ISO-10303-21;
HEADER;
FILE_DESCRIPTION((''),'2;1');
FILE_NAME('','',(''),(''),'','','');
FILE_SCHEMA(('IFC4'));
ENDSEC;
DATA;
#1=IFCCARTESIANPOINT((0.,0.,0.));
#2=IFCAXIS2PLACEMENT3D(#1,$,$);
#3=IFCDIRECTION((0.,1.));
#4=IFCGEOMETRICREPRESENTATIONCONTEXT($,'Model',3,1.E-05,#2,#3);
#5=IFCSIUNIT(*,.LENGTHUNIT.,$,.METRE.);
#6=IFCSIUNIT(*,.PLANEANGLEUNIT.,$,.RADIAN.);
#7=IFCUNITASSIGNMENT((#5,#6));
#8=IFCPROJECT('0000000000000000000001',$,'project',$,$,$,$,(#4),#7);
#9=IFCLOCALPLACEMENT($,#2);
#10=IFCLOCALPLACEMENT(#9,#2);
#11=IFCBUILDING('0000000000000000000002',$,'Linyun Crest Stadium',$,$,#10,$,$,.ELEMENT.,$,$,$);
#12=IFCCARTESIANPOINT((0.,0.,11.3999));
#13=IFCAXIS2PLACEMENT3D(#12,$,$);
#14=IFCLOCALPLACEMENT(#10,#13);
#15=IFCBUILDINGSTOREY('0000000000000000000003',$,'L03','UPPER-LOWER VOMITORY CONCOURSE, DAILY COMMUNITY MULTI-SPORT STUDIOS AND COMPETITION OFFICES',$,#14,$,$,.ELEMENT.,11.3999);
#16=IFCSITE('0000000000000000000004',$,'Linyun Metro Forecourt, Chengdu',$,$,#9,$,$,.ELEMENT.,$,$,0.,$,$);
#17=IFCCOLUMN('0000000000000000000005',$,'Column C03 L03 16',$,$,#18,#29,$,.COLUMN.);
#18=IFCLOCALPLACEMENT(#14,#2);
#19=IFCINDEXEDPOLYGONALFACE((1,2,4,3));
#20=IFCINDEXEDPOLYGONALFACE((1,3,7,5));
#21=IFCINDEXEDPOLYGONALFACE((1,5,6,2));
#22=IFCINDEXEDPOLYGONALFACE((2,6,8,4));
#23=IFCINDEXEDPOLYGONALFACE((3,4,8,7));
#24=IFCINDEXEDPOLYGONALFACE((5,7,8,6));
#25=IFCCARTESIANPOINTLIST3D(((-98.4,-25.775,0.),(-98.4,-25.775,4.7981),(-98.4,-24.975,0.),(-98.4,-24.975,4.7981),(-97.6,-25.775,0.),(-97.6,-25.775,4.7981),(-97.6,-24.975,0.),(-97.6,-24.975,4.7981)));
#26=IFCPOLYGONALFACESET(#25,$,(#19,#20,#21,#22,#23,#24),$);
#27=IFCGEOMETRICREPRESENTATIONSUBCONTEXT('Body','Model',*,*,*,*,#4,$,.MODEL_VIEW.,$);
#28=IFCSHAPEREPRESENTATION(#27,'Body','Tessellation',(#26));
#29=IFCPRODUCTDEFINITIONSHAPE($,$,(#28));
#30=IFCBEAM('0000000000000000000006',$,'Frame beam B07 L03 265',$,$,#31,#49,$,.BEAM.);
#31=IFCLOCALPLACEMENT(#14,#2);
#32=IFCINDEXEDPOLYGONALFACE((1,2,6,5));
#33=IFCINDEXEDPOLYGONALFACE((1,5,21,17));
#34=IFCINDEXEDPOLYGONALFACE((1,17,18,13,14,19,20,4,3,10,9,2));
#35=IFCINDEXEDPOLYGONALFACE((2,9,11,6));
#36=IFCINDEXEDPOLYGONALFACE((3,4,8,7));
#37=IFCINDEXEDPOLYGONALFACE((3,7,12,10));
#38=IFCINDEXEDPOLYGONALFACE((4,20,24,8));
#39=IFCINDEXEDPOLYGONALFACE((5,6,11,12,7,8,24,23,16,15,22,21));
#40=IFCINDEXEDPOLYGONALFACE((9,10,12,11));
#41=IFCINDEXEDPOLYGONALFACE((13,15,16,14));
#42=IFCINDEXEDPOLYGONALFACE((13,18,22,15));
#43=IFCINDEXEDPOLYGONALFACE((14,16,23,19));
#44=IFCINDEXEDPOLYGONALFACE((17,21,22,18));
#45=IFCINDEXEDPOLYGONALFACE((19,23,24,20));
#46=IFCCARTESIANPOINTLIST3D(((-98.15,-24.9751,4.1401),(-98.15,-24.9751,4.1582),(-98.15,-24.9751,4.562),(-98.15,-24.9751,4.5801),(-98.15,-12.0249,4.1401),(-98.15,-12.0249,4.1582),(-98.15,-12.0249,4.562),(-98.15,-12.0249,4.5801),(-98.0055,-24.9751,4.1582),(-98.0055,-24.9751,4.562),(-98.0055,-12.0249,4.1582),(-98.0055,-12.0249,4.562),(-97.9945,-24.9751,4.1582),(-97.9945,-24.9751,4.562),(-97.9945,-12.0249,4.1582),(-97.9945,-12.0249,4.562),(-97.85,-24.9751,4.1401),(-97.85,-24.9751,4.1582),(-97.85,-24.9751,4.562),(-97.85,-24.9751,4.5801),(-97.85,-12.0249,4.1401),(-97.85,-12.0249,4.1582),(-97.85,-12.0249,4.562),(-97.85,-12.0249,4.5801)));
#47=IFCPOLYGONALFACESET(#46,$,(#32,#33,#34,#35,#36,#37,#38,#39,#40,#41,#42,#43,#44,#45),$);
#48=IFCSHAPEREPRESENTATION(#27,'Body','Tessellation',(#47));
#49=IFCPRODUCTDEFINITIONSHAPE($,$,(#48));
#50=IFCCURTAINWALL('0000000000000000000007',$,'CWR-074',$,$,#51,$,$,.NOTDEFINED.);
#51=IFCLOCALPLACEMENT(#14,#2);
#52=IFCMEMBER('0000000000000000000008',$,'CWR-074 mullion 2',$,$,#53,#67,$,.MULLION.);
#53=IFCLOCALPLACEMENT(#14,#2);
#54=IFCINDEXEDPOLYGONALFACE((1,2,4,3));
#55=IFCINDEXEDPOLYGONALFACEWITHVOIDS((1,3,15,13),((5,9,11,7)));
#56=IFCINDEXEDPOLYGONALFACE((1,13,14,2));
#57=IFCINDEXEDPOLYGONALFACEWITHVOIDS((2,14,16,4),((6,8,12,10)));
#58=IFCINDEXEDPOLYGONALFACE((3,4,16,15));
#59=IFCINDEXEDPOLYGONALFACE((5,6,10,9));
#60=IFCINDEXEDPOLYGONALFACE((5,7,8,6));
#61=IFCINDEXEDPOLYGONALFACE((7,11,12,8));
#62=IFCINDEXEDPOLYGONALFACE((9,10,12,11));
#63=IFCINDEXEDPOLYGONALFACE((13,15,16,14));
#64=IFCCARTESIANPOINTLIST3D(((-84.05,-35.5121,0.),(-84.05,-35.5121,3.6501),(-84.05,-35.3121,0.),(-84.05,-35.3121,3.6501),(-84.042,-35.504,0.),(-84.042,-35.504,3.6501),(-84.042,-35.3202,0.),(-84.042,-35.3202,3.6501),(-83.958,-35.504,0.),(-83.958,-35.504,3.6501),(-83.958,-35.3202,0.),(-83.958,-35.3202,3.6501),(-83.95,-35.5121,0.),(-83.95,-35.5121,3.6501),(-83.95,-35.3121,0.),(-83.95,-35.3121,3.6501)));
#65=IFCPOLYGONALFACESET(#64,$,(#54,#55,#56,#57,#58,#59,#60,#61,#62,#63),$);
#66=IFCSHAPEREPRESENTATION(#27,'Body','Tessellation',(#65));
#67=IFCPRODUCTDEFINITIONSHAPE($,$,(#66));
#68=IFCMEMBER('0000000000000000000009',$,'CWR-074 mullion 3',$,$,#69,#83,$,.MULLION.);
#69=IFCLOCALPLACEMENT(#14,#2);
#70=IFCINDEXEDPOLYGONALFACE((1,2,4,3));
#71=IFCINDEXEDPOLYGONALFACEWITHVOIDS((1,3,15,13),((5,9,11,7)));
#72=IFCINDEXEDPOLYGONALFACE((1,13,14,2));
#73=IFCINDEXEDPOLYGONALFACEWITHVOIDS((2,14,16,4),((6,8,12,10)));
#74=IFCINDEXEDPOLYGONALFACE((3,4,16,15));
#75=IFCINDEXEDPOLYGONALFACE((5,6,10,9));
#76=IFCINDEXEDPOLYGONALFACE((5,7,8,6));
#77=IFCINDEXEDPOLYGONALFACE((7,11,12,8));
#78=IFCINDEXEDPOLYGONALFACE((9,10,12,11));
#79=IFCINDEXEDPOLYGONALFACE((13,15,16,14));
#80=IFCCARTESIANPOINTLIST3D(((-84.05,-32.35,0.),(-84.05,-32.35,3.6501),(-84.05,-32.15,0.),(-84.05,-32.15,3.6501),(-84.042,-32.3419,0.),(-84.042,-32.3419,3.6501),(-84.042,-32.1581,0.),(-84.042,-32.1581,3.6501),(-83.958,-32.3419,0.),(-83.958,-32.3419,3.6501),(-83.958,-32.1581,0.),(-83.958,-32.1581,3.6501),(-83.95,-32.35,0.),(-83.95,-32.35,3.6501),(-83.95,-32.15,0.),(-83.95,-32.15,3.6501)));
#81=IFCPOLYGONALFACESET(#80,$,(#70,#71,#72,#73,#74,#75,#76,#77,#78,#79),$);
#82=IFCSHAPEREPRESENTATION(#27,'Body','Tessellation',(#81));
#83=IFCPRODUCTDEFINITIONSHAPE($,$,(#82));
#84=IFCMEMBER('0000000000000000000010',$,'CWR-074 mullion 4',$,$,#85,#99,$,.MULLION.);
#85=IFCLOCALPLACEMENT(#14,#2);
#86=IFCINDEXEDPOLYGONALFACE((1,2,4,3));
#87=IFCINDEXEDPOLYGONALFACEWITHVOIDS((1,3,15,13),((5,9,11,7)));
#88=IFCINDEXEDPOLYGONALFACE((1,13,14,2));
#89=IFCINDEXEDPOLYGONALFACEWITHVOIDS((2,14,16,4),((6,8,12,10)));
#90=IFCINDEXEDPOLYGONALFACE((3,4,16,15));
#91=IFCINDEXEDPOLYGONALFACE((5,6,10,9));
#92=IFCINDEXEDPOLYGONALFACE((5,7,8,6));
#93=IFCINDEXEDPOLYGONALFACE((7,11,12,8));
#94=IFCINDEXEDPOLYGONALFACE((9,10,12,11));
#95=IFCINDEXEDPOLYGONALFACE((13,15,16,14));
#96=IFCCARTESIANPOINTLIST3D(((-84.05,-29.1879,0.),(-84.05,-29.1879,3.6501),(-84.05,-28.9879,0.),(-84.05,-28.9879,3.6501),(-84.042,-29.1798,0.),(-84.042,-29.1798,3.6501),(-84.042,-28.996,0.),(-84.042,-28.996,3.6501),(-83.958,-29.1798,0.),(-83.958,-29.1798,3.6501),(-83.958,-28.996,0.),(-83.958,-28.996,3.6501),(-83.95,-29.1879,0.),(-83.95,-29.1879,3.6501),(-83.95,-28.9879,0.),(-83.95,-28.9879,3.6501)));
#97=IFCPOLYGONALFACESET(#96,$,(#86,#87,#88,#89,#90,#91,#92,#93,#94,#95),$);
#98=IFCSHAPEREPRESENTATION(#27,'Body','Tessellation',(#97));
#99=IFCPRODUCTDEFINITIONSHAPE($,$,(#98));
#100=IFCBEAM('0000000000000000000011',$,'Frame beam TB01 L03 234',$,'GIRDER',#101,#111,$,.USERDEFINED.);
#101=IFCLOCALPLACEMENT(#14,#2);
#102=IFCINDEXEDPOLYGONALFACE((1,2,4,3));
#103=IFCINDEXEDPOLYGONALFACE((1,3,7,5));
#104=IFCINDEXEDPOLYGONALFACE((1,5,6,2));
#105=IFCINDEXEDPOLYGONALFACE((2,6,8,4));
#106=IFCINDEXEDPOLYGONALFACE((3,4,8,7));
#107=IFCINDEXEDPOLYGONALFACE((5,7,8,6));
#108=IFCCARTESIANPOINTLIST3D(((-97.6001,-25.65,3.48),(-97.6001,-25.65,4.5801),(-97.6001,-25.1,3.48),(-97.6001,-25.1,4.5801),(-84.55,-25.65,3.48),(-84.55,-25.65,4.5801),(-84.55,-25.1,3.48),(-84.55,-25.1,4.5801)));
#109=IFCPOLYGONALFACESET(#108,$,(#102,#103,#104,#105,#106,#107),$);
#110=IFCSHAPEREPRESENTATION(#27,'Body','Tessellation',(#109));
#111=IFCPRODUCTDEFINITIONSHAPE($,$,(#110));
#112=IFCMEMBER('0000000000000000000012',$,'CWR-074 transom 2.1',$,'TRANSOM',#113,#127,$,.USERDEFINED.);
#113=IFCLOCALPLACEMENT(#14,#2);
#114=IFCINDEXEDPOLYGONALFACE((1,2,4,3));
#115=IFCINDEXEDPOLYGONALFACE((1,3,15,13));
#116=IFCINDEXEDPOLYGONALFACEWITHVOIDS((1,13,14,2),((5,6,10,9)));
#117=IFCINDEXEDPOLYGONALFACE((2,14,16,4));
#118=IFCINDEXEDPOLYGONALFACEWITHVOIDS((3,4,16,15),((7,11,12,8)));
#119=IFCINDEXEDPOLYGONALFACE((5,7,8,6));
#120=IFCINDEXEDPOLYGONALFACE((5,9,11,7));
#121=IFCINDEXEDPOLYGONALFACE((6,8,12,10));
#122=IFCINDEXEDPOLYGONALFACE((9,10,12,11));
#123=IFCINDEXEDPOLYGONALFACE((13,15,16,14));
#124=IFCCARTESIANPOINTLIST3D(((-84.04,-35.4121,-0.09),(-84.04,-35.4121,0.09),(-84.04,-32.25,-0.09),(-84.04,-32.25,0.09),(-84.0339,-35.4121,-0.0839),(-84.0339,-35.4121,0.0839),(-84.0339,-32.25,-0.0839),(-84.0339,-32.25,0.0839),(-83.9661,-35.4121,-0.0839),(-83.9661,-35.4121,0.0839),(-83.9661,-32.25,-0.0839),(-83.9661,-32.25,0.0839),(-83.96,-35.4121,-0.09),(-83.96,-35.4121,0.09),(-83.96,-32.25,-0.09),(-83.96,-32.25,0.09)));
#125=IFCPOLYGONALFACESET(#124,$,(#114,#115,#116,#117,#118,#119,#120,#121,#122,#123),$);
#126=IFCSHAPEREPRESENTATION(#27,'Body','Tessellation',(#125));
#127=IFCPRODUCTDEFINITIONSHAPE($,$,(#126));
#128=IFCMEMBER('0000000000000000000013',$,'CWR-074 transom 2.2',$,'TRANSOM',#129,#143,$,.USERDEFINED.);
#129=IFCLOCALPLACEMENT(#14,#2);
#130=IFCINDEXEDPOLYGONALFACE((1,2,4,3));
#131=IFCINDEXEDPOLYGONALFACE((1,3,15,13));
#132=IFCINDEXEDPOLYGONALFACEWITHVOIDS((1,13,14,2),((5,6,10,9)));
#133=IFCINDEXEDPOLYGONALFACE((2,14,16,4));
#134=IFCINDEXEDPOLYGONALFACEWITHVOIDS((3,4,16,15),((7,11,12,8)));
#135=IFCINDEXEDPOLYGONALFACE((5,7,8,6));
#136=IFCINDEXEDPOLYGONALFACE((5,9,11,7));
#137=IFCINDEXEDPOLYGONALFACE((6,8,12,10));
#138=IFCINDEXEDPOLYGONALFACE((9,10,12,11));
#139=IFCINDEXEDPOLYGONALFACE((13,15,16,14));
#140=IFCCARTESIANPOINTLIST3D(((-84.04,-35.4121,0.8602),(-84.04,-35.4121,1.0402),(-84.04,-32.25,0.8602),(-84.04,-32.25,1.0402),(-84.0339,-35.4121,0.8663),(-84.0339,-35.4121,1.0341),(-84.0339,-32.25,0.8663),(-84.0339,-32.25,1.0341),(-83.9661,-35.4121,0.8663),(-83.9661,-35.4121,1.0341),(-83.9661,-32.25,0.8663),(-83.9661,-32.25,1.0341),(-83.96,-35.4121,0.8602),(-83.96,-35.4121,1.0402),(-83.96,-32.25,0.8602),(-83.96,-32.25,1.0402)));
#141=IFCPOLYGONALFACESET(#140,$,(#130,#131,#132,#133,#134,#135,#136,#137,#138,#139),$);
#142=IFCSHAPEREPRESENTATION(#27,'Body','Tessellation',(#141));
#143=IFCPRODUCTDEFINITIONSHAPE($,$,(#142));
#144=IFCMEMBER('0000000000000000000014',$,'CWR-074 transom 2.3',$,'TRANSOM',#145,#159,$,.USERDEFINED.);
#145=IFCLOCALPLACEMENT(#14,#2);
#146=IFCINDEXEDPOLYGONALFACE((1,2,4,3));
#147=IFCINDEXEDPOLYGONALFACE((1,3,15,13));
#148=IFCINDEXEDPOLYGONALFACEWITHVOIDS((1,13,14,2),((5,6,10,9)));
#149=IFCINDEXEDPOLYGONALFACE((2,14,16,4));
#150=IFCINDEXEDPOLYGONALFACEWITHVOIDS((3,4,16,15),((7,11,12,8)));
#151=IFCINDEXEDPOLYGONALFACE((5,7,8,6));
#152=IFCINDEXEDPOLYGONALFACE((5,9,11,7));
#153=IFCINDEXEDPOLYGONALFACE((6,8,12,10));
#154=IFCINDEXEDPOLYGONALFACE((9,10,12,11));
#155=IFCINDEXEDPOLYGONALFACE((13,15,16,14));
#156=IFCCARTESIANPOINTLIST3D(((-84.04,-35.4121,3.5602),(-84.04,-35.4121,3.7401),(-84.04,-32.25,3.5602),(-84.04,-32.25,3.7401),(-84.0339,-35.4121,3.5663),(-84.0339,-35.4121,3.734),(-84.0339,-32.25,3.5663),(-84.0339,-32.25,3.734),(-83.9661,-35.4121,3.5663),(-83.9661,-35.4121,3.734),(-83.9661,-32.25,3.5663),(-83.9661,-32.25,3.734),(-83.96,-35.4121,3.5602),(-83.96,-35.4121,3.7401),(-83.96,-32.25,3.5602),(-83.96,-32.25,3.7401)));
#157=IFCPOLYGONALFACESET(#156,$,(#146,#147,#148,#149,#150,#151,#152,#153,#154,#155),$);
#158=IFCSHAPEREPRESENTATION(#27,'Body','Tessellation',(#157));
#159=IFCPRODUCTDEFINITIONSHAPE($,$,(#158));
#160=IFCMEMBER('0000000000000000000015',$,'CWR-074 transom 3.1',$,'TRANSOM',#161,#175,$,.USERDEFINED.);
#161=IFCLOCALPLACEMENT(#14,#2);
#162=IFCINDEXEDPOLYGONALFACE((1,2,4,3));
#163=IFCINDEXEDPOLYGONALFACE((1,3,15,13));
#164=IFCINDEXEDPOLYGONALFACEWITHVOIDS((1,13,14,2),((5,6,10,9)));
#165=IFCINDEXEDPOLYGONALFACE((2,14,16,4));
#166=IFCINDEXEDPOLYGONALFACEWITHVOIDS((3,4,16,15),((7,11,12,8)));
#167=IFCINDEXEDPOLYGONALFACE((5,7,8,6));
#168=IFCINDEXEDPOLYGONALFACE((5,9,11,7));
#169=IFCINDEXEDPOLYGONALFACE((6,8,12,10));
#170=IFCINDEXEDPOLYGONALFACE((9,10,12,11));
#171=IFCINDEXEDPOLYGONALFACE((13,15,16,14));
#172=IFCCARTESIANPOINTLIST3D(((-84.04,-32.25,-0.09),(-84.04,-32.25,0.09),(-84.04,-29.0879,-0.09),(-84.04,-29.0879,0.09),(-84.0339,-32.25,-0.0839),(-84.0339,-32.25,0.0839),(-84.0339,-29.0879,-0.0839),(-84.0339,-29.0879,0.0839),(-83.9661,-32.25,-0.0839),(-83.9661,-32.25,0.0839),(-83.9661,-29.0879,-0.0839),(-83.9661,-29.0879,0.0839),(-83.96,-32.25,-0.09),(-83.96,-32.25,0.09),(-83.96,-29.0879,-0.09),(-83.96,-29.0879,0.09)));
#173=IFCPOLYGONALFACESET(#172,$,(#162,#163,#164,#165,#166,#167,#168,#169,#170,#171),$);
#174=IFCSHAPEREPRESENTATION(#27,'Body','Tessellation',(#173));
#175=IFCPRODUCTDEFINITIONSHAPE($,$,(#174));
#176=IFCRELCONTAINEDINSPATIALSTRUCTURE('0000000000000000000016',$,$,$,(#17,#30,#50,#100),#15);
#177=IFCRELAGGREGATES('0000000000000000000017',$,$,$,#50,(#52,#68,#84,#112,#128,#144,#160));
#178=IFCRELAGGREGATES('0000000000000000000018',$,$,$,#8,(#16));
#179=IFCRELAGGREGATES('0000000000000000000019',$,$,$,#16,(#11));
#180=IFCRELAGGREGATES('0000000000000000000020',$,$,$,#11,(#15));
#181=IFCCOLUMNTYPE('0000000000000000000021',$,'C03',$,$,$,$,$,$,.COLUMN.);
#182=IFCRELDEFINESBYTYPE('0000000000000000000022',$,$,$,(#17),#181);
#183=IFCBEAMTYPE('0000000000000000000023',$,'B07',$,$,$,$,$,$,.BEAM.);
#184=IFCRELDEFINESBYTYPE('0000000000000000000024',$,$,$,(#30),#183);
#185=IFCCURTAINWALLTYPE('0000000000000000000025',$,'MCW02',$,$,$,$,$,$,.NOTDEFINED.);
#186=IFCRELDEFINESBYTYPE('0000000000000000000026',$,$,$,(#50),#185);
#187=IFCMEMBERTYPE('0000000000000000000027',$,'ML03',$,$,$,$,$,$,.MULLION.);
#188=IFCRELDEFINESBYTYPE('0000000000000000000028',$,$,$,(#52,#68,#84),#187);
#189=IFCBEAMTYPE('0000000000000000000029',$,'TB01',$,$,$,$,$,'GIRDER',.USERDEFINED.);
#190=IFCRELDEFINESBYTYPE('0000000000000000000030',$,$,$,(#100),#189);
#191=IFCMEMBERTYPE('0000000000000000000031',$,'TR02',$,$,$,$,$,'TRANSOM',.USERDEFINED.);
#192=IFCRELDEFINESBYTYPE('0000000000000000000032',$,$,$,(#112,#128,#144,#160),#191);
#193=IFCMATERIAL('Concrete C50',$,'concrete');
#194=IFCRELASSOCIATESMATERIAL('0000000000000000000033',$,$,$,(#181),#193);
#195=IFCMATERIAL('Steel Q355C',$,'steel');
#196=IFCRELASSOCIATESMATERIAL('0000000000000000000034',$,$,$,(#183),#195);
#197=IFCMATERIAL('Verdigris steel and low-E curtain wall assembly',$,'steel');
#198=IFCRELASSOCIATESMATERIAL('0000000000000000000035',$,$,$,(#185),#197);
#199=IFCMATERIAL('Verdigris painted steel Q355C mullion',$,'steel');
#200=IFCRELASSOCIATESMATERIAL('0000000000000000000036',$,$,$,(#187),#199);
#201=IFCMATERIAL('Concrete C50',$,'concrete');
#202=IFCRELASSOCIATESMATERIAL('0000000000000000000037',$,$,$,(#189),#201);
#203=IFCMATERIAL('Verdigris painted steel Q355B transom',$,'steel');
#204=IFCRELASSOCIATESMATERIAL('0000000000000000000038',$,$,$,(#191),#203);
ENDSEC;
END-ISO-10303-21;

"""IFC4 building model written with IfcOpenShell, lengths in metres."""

from ifc_helpers import new_model, si_unit, direction, frame, origin, origin_2d, place, context, subcontext, project, spatial, rectangle, hollow_rectangle, i_section, extrude, material, material_profile, profile_set, type_object, element, aggregate, save


model = new_model("IFC4")

# Units and contexts
model_context = context("Model", 3, precision=1e-05, world=origin(), true_north=direction((0.0, 1.0)))
body_context = subcontext(model_context, "Body", "Model", "MODEL_VIEW")
ifc_project = project(units=[si_unit("LENGTHUNIT", "METRE"), si_unit("PLANEANGLEUNIT", "RADIAN")], contexts=[model_context])

# Site, building, storey
site_placement = place(None, origin())
site = spatial("IfcSite", under=ifc_project, at=site_placement, Name="Linyun Metro Forecourt, Chengdu", CompositionType="ELEMENT", RefElevation=0.0)
building_placement = place(site_placement, origin())
building = spatial("IfcBuilding", under=site, at=building_placement, Name="Linyun Crest Stadium", CompositionType="ELEMENT")
storey_placement = place(building_placement, frame((0.0, 0.0, 11.3999)))
storey = spatial("IfcBuildingStorey", under=building, at=storey_placement, Name="L03", Description="UPPER-LOWER VOMITORY CONCOURSE, DAILY COMMUNITY MULTI-SPORT STUDIOS AND COMPETITION OFFICES", CompositionType="ELEMENT", Elevation=11.3999)

# Column
ifc_material_1 = material(Name="Concrete C50", Category="concrete")
ifc_material_profile_1 = material_profile(ifc_material_1, rectangle(XDim=0.8, YDim=0.8, at=origin_2d()), Name="RC 800x800")
ifc_profile_set_1 = profile_set([ifc_material_profile_1], Name="Concrete C50")
column_type = type_object("IfcColumnType", Name="C03", PredefinedType="COLUMN", material=ifc_profile_set_1)
column_placement = place(storey_placement, frame((-98.0, -25.375, 0.0), z_axis=(0.0, 0.0, 1.0), x_axis=(1.0, 0.0, 0.0)))
element("IfcColumn", 1, at=column_placement, inside=storey, type_object=column_type, Name="Column C03 L03 16", PredefinedType="COLUMN", context=body_context, shape_type="SweptSolid", body=[
    extrude(rectangle(XDim=0.8, YDim=0.8, at=origin_2d()), origin(), (0.0, 0.0, 1.0), 4.7981),
])

# Beam
ifc_material_2 = material(Name="Steel Q355C", Category="steel")
ifc_material_profile_2 = material_profile(ifc_material_2, i_section(OverallWidth=0.3, OverallDepth=0.4399, WebThickness=0.011, FlangeThickness=0.0181, at=origin_2d()), Name="HM 440x300")
ifc_profile_set_2 = profile_set([ifc_material_profile_2], Name="Steel Q355C")
beam_type_1 = type_object("IfcBeamType", Name="B07", PredefinedType="BEAM", material=ifc_profile_set_2)
beam_1_placement = place(storey_placement, frame((-98.0, -24.9751, 4.3601), z_axis=(0.0, 1.0, 0.0), x_axis=(-1.0, 0.0, 0.0)))
element("IfcBeam", 2, at=beam_1_placement, inside=storey, type_object=beam_type_1, Name="Frame beam B07 L03 265", PredefinedType="BEAM", context=body_context, shape_type="SweptSolid", body=[
    extrude(i_section(OverallWidth=0.3, OverallDepth=0.4399, WebThickness=0.011, FlangeThickness=0.0181, at=origin_2d()), origin(), (0.0, 0.0, 1.0), 12.9502),
])

# Curtain wall, members
ifc_material_3 = material(Name="Verdigris steel and low-E curtain wall assembly", Category="steel")
curtain_wall_type = type_object("IfcCurtainWallType", Name="MCW02", PredefinedType="NOTDEFINED", material=ifc_material_3)
curtain_wall_placement = place(storey_placement, origin())
curtain_wall = element("IfcCurtainWall", 3, at=curtain_wall_placement, inside=storey, type_object=curtain_wall_type, Name="CWR-074", PredefinedType="NOTDEFINED")
ifc_material_4 = material(Name="Verdigris painted steel Q355C mullion", Category="steel")
ifc_material_profile_3 = material_profile(ifc_material_4, hollow_rectangle(XDim=0.1001, YDim=0.2, WallThickness=0.0081, at=origin_2d()), Name="RHS 200x100x8")
ifc_profile_set_3 = profile_set([ifc_material_profile_3], Name="Verdigris painted steel Q355C mullion")
member_type_1 = type_object("IfcMemberType", Name="ML03", PredefinedType="MULLION", material=ifc_profile_set_3)
member_1_placement = place(storey_placement, frame((-84.0, -35.4121, 0.0), z_axis=(0.0, 0.0, 1.0), x_axis=(-1.0, 0.0, 0.0)))
member_1 = element("IfcMember", 4, at=member_1_placement, type_object=member_type_1, Name="CWR-074 mullion 2", PredefinedType="MULLION", context=body_context, shape_type="SweptSolid", body=[
    extrude(hollow_rectangle(XDim=0.1001, YDim=0.2, WallThickness=0.0081, at=origin_2d()), origin(), (0.0, 0.0, 1.0), 3.6501),
])
member_2_placement = place(storey_placement, frame((-84.0, -32.25, 0.0), z_axis=(0.0, 0.0, 1.0), x_axis=(-1.0, 0.0, 0.0)))
member_2 = element("IfcMember", 5, at=member_2_placement, type_object=member_type_1, Name="CWR-074 mullion 3", PredefinedType="MULLION", context=body_context, shape_type="SweptSolid", body=[
    extrude(hollow_rectangle(XDim=0.1001, YDim=0.2, WallThickness=0.0081, at=origin_2d()), origin(), (0.0, 0.0, 1.0), 3.6501),
])
member_3_placement = place(storey_placement, frame((-84.0, -29.0879, 0.0), z_axis=(0.0, 0.0, 1.0), x_axis=(-1.0, 0.0, 0.0)))
member_3 = element("IfcMember", 6, at=member_3_placement, type_object=member_type_1, Name="CWR-074 mullion 4", PredefinedType="MULLION", context=body_context, shape_type="SweptSolid", body=[
    extrude(hollow_rectangle(XDim=0.1001, YDim=0.2, WallThickness=0.0081, at=origin_2d()), origin(), (0.0, 0.0, 1.0), 3.6501),
])

# Beam
ifc_material_5 = material(Name="Concrete C50", Category="concrete")
ifc_material_profile_4 = material_profile(ifc_material_5, rectangle(XDim=0.55, YDim=1.1001, at=origin_2d()), Name="RCB 1100x550")
ifc_profile_set_4 = profile_set([ifc_material_profile_4], Name="Concrete C50")
beam_type_2 = type_object("IfcBeamType", Name="TB01", ElementType="GIRDER", PredefinedType="USERDEFINED", material=ifc_profile_set_4)
beam_2_placement = place(storey_placement, frame((-97.6001, -25.375, 4.03), z_axis=(1.0, 0.0, 0.0), x_axis=(0.0, 1.0, 0.0)))
element("IfcBeam", 7, at=beam_2_placement, inside=storey, type_object=beam_type_2, Name="Frame beam TB01 L03 234", ObjectType="GIRDER", PredefinedType="USERDEFINED", context=body_context, shape_type="SweptSolid", body=[
    extrude(rectangle(XDim=0.55, YDim=1.1001, at=origin_2d()), origin(), (0.0, 0.0, 1.0), 13.05),
])

# Members
ifc_material_6 = material(Name="Verdigris painted steel Q355B transom", Category="steel")
ifc_material_profile_5 = material_profile(ifc_material_6, hollow_rectangle(XDim=0.0801, YDim=0.1799, WallThickness=0.0061, at=origin_2d()), Name="RHS 180x80x6")
ifc_profile_set_5 = profile_set([ifc_material_profile_5], Name="Verdigris painted steel Q355B transom")
member_type_2 = type_object("IfcMemberType", Name="TR02", ElementType="TRANSOM", PredefinedType="USERDEFINED", material=ifc_profile_set_5)
member_4_placement = place(storey_placement, frame((-84.0, -35.4121, 0.0), z_axis=(0.0, 1.0, 0.0), x_axis=(-1.0, 0.0, 0.0)))
member_4 = element("IfcMember", 8, at=member_4_placement, type_object=member_type_2, Name="CWR-074 transom 2.1", ObjectType="TRANSOM", PredefinedType="USERDEFINED", context=body_context, shape_type="SweptSolid", body=[
    extrude(hollow_rectangle(XDim=0.0801, YDim=0.1799, WallThickness=0.0061, at=origin_2d()), origin(), (0.0, 0.0, 1.0), 3.1621),
])
member_5_placement = place(storey_placement, frame((-84.0, -35.4121, 0.9502), z_axis=(0.0, 1.0, 0.0), x_axis=(-1.0, 0.0, 0.0)))
member_5 = element("IfcMember", 9, at=member_5_placement, type_object=member_type_2, Name="CWR-074 transom 2.2", ObjectType="TRANSOM", PredefinedType="USERDEFINED", context=body_context, shape_type="SweptSolid", body=[
    extrude(hollow_rectangle(XDim=0.0801, YDim=0.1799, WallThickness=0.0061, at=origin_2d()), origin(), (0.0, 0.0, 1.0), 3.1621),
])
member_6_placement = place(storey_placement, frame((-84.0, -35.4121, 3.6501), z_axis=(0.0, 1.0, 0.0), x_axis=(-1.0, 0.0, 0.0)))
member_6 = element("IfcMember", 10, at=member_6_placement, type_object=member_type_2, Name="CWR-074 transom 2.3", ObjectType="TRANSOM", PredefinedType="USERDEFINED", context=body_context, shape_type="SweptSolid", body=[
    extrude(hollow_rectangle(XDim=0.0801, YDim=0.1799, WallThickness=0.0061, at=origin_2d()), origin(), (0.0, 0.0, 1.0), 3.1621),
])
member_7_placement = place(storey_placement, frame((-84.0, -32.25, 0.0), z_axis=(0.0, 1.0, 0.0), x_axis=(-1.0, 0.0, 0.0)))
member_7 = element("IfcMember", 11, at=member_7_placement, type_object=member_type_2, Name="CWR-074 transom 3.1", ObjectType="TRANSOM", PredefinedType="USERDEFINED", context=body_context, shape_type="SweptSolid", body=[
    extrude(hollow_rectangle(XDim=0.0801, YDim=0.1799, WallThickness=0.0061, at=origin_2d()), origin(), (0.0, 0.0, 1.0), 3.1621),
])

aggregate(curtain_wall, [member_1, member_2, member_3, member_4, member_5, member_6, member_7])

save(model, "model.ifc")
